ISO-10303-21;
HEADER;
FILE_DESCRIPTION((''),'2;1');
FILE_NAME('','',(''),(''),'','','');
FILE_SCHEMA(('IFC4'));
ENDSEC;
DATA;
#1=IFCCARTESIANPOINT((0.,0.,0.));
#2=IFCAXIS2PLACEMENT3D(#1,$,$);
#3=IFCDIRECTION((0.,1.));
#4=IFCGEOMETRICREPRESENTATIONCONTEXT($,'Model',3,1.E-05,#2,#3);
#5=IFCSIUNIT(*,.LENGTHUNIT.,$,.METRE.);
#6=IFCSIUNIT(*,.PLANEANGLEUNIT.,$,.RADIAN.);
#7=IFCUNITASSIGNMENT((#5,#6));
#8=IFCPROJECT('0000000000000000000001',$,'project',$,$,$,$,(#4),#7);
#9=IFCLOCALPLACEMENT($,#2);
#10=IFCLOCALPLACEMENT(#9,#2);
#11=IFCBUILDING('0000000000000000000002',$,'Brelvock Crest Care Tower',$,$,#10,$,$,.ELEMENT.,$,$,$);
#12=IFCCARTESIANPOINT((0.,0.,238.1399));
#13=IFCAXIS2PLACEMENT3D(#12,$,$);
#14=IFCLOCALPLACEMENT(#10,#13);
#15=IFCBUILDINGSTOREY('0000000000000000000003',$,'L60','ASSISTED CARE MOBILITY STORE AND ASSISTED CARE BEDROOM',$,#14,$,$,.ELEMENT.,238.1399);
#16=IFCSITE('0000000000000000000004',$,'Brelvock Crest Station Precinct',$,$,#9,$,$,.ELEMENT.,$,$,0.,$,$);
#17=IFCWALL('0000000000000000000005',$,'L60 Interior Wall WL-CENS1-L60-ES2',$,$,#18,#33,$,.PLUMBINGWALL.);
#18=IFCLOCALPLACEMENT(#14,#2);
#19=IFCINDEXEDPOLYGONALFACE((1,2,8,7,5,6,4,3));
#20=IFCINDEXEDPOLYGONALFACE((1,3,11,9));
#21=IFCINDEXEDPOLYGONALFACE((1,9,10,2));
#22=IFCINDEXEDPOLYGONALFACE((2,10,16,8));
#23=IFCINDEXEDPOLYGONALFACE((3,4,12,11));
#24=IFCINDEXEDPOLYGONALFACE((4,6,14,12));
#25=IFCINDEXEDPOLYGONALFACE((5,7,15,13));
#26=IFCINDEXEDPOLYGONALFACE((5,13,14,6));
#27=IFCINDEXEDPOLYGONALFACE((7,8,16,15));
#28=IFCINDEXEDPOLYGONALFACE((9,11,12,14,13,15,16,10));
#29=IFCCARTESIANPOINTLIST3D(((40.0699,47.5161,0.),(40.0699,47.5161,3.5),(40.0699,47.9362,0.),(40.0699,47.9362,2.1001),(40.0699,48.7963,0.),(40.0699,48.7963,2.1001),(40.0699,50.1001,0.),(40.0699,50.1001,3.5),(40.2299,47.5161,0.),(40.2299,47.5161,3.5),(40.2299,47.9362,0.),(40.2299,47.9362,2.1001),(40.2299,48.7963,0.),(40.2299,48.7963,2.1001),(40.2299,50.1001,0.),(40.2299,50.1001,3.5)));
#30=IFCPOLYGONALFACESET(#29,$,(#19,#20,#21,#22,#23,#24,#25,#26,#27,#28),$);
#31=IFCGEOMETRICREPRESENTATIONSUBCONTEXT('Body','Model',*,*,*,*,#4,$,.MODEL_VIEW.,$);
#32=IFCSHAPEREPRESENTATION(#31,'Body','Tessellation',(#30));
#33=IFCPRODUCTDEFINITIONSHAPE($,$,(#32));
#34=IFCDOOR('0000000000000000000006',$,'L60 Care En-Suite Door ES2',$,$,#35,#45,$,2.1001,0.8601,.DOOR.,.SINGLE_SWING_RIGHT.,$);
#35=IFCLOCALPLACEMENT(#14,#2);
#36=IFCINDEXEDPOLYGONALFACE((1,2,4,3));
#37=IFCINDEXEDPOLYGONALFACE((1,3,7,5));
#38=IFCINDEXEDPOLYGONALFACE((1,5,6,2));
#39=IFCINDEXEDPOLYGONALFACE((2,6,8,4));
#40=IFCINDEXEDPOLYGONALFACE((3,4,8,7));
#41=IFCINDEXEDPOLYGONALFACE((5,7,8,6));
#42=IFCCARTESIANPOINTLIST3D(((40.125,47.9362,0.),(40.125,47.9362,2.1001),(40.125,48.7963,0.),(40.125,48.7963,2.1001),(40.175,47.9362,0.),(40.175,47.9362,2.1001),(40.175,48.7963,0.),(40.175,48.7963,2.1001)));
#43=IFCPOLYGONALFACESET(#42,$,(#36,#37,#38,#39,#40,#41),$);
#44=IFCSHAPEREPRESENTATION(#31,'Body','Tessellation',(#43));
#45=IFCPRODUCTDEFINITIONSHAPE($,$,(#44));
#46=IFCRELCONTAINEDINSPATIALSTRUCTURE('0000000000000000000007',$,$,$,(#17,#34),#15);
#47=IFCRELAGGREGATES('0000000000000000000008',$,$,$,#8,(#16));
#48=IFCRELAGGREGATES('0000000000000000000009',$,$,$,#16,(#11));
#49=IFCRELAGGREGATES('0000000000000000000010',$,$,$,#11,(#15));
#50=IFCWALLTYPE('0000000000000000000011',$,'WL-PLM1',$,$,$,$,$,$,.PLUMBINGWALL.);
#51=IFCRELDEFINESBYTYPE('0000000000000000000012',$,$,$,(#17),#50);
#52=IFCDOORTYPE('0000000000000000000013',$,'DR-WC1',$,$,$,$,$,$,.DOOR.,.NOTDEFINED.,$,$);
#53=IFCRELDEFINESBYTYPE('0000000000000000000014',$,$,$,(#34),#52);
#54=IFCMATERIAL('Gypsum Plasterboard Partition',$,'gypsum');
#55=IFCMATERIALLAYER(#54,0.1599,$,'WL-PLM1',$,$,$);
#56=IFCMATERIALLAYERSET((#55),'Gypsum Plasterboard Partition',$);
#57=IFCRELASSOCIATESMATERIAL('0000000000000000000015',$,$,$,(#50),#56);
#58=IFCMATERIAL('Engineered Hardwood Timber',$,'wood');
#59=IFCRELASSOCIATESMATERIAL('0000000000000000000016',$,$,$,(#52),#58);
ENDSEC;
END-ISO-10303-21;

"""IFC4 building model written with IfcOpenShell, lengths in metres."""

from ifc_helpers import new_model, si_unit, direction, frame, frame_2d, origin, origin_2d, place, context, subcontext, project, spatial, rectangle, extrude, source, transform, mapped, material, layer, layer_set, type_object, element, fill, save


model = new_model("IFC4")

# Units and contexts
model_context = context("Model", 3, precision=1e-05, world=origin(), true_north=direction((0.0, 1.0)))
body_context = subcontext(model_context, "Body", "Model", "MODEL_VIEW")
ifc_project = project(units=[si_unit("LENGTHUNIT", "METRE"), si_unit("PLANEANGLEUNIT", "RADIAN")], contexts=[model_context])

# Site, building, storey
site_placement = place(None, origin())
site = spatial("IfcSite", under=ifc_project, at=site_placement, Name="Brelvock Crest Station Precinct", CompositionType="ELEMENT", RefElevation=0.0)
building_placement = place(site_placement, origin())
building = spatial("IfcBuilding", under=site, at=building_placement, Name="Brelvock Crest Care Tower", CompositionType="ELEMENT")
storey_placement = place(building_placement, frame((0.0, 0.0, 238.1399)))
storey = spatial("IfcBuildingStorey", under=building, at=storey_placement, Name="L60", Description="ASSISTED CARE MOBILITY STORE AND ASSISTED CARE BEDROOM", CompositionType="ELEMENT", Elevation=238.1399)

# Shared definitions
ifc_material_1 = material(Name="Engineered Hardwood Timber", Category="wood")

# Shared definitions
ifc_material_2 = material(Name="Gypsum Plasterboard Partition", Category="gypsum")
ifc_layer_1 = layer(ifc_material_2, 0.1599, Name="WL-PLM1")
ifc_layer_set_1 = layer_set([ifc_layer_1], Name="Gypsum Plasterboard Partition")
wall_type_1 = type_object("IfcWallType", Name="WL-PLM1", PredefinedType="PLUMBINGWALL", material=ifc_layer_set_1)
door_type_1 = type_object("IfcDoorType", Name="DR-WC1", OperationType="NOTDEFINED", PredefinedType="DOOR", material=ifc_material_1)
shared_shape_1 = source(origin(), body_context, "Body", "SweptSolid", [
    extrude(rectangle(XDim=0.8601, YDim=2.1001, at=origin_2d()), frame((0.4302, 0.0249, 1.05), z_axis=(0.0, -1.0, 0.0), x_axis=(1.0, 0.0, 0.0)), (0.0, 0.0, 1.0), 0.05),
])

# Wall, opening, door
wall_1_placement = place(storey_placement, frame((40.1499, 47.5161, 0.0), z_axis=(0.0, 0.0, 1.0), x_axis=(0.0, 1.0, 0.0)))
wall_1 = element("IfcWall", 1, at=wall_1_placement, inside=storey, type_object=wall_type_1, Name="L60 Interior Wall WL-CENS1-L60-ES2", PredefinedType="PLUMBINGWALL", context=body_context, shape_type="SweptSolid", body=[
    extrude(rectangle(XDim=2.584, YDim=0.1599, at=frame_2d((1.292, 0.0))), origin(), (0.0, 0.0, 1.0), 3.5),
])
opening_1_placement = place(wall_1_placement, frame((0.4199, 0.0, 0.0)))
opening_1 = element("IfcOpeningElement", 2, at=opening_1_placement, cuts=wall_1, PredefinedType="OPENING", context=body_context, shape_type="SweptSolid", body=[
    extrude(rectangle(XDim=0.8601, YDim=2.1001, at=origin_2d()), frame((0.4302, 0.0898, 1.05), z_axis=(0.0, -1.0, 0.0), x_axis=(1.0, 0.0, 0.0)), (0.0, 0.0, 1.0), 0.1799),
])
door_1_placement = place(opening_1_placement, origin())
door_1 = element("IfcDoor", 3, at=door_1_placement, inside=storey, type_object=door_type_1, Name="L60 Care En-Suite Door ES2", OperationType="SINGLE_SWING_RIGHT", OverallHeight=2.1001, OverallWidth=0.8601, PredefinedType="DOOR", context=body_context, shape_type="MappedRepresentation", body=[
    mapped(shared_shape_1, transform((0.0, 0.0, 0.0), x_axis=(1.0, 0.0, 0.0), y_axis=(0.0, 1.0, 0.0), z_axis=(0.0, 0.0, 1.0), scale=1.0)),
])
fill(opening_1, door_1)

save(model, "model.ifc")
